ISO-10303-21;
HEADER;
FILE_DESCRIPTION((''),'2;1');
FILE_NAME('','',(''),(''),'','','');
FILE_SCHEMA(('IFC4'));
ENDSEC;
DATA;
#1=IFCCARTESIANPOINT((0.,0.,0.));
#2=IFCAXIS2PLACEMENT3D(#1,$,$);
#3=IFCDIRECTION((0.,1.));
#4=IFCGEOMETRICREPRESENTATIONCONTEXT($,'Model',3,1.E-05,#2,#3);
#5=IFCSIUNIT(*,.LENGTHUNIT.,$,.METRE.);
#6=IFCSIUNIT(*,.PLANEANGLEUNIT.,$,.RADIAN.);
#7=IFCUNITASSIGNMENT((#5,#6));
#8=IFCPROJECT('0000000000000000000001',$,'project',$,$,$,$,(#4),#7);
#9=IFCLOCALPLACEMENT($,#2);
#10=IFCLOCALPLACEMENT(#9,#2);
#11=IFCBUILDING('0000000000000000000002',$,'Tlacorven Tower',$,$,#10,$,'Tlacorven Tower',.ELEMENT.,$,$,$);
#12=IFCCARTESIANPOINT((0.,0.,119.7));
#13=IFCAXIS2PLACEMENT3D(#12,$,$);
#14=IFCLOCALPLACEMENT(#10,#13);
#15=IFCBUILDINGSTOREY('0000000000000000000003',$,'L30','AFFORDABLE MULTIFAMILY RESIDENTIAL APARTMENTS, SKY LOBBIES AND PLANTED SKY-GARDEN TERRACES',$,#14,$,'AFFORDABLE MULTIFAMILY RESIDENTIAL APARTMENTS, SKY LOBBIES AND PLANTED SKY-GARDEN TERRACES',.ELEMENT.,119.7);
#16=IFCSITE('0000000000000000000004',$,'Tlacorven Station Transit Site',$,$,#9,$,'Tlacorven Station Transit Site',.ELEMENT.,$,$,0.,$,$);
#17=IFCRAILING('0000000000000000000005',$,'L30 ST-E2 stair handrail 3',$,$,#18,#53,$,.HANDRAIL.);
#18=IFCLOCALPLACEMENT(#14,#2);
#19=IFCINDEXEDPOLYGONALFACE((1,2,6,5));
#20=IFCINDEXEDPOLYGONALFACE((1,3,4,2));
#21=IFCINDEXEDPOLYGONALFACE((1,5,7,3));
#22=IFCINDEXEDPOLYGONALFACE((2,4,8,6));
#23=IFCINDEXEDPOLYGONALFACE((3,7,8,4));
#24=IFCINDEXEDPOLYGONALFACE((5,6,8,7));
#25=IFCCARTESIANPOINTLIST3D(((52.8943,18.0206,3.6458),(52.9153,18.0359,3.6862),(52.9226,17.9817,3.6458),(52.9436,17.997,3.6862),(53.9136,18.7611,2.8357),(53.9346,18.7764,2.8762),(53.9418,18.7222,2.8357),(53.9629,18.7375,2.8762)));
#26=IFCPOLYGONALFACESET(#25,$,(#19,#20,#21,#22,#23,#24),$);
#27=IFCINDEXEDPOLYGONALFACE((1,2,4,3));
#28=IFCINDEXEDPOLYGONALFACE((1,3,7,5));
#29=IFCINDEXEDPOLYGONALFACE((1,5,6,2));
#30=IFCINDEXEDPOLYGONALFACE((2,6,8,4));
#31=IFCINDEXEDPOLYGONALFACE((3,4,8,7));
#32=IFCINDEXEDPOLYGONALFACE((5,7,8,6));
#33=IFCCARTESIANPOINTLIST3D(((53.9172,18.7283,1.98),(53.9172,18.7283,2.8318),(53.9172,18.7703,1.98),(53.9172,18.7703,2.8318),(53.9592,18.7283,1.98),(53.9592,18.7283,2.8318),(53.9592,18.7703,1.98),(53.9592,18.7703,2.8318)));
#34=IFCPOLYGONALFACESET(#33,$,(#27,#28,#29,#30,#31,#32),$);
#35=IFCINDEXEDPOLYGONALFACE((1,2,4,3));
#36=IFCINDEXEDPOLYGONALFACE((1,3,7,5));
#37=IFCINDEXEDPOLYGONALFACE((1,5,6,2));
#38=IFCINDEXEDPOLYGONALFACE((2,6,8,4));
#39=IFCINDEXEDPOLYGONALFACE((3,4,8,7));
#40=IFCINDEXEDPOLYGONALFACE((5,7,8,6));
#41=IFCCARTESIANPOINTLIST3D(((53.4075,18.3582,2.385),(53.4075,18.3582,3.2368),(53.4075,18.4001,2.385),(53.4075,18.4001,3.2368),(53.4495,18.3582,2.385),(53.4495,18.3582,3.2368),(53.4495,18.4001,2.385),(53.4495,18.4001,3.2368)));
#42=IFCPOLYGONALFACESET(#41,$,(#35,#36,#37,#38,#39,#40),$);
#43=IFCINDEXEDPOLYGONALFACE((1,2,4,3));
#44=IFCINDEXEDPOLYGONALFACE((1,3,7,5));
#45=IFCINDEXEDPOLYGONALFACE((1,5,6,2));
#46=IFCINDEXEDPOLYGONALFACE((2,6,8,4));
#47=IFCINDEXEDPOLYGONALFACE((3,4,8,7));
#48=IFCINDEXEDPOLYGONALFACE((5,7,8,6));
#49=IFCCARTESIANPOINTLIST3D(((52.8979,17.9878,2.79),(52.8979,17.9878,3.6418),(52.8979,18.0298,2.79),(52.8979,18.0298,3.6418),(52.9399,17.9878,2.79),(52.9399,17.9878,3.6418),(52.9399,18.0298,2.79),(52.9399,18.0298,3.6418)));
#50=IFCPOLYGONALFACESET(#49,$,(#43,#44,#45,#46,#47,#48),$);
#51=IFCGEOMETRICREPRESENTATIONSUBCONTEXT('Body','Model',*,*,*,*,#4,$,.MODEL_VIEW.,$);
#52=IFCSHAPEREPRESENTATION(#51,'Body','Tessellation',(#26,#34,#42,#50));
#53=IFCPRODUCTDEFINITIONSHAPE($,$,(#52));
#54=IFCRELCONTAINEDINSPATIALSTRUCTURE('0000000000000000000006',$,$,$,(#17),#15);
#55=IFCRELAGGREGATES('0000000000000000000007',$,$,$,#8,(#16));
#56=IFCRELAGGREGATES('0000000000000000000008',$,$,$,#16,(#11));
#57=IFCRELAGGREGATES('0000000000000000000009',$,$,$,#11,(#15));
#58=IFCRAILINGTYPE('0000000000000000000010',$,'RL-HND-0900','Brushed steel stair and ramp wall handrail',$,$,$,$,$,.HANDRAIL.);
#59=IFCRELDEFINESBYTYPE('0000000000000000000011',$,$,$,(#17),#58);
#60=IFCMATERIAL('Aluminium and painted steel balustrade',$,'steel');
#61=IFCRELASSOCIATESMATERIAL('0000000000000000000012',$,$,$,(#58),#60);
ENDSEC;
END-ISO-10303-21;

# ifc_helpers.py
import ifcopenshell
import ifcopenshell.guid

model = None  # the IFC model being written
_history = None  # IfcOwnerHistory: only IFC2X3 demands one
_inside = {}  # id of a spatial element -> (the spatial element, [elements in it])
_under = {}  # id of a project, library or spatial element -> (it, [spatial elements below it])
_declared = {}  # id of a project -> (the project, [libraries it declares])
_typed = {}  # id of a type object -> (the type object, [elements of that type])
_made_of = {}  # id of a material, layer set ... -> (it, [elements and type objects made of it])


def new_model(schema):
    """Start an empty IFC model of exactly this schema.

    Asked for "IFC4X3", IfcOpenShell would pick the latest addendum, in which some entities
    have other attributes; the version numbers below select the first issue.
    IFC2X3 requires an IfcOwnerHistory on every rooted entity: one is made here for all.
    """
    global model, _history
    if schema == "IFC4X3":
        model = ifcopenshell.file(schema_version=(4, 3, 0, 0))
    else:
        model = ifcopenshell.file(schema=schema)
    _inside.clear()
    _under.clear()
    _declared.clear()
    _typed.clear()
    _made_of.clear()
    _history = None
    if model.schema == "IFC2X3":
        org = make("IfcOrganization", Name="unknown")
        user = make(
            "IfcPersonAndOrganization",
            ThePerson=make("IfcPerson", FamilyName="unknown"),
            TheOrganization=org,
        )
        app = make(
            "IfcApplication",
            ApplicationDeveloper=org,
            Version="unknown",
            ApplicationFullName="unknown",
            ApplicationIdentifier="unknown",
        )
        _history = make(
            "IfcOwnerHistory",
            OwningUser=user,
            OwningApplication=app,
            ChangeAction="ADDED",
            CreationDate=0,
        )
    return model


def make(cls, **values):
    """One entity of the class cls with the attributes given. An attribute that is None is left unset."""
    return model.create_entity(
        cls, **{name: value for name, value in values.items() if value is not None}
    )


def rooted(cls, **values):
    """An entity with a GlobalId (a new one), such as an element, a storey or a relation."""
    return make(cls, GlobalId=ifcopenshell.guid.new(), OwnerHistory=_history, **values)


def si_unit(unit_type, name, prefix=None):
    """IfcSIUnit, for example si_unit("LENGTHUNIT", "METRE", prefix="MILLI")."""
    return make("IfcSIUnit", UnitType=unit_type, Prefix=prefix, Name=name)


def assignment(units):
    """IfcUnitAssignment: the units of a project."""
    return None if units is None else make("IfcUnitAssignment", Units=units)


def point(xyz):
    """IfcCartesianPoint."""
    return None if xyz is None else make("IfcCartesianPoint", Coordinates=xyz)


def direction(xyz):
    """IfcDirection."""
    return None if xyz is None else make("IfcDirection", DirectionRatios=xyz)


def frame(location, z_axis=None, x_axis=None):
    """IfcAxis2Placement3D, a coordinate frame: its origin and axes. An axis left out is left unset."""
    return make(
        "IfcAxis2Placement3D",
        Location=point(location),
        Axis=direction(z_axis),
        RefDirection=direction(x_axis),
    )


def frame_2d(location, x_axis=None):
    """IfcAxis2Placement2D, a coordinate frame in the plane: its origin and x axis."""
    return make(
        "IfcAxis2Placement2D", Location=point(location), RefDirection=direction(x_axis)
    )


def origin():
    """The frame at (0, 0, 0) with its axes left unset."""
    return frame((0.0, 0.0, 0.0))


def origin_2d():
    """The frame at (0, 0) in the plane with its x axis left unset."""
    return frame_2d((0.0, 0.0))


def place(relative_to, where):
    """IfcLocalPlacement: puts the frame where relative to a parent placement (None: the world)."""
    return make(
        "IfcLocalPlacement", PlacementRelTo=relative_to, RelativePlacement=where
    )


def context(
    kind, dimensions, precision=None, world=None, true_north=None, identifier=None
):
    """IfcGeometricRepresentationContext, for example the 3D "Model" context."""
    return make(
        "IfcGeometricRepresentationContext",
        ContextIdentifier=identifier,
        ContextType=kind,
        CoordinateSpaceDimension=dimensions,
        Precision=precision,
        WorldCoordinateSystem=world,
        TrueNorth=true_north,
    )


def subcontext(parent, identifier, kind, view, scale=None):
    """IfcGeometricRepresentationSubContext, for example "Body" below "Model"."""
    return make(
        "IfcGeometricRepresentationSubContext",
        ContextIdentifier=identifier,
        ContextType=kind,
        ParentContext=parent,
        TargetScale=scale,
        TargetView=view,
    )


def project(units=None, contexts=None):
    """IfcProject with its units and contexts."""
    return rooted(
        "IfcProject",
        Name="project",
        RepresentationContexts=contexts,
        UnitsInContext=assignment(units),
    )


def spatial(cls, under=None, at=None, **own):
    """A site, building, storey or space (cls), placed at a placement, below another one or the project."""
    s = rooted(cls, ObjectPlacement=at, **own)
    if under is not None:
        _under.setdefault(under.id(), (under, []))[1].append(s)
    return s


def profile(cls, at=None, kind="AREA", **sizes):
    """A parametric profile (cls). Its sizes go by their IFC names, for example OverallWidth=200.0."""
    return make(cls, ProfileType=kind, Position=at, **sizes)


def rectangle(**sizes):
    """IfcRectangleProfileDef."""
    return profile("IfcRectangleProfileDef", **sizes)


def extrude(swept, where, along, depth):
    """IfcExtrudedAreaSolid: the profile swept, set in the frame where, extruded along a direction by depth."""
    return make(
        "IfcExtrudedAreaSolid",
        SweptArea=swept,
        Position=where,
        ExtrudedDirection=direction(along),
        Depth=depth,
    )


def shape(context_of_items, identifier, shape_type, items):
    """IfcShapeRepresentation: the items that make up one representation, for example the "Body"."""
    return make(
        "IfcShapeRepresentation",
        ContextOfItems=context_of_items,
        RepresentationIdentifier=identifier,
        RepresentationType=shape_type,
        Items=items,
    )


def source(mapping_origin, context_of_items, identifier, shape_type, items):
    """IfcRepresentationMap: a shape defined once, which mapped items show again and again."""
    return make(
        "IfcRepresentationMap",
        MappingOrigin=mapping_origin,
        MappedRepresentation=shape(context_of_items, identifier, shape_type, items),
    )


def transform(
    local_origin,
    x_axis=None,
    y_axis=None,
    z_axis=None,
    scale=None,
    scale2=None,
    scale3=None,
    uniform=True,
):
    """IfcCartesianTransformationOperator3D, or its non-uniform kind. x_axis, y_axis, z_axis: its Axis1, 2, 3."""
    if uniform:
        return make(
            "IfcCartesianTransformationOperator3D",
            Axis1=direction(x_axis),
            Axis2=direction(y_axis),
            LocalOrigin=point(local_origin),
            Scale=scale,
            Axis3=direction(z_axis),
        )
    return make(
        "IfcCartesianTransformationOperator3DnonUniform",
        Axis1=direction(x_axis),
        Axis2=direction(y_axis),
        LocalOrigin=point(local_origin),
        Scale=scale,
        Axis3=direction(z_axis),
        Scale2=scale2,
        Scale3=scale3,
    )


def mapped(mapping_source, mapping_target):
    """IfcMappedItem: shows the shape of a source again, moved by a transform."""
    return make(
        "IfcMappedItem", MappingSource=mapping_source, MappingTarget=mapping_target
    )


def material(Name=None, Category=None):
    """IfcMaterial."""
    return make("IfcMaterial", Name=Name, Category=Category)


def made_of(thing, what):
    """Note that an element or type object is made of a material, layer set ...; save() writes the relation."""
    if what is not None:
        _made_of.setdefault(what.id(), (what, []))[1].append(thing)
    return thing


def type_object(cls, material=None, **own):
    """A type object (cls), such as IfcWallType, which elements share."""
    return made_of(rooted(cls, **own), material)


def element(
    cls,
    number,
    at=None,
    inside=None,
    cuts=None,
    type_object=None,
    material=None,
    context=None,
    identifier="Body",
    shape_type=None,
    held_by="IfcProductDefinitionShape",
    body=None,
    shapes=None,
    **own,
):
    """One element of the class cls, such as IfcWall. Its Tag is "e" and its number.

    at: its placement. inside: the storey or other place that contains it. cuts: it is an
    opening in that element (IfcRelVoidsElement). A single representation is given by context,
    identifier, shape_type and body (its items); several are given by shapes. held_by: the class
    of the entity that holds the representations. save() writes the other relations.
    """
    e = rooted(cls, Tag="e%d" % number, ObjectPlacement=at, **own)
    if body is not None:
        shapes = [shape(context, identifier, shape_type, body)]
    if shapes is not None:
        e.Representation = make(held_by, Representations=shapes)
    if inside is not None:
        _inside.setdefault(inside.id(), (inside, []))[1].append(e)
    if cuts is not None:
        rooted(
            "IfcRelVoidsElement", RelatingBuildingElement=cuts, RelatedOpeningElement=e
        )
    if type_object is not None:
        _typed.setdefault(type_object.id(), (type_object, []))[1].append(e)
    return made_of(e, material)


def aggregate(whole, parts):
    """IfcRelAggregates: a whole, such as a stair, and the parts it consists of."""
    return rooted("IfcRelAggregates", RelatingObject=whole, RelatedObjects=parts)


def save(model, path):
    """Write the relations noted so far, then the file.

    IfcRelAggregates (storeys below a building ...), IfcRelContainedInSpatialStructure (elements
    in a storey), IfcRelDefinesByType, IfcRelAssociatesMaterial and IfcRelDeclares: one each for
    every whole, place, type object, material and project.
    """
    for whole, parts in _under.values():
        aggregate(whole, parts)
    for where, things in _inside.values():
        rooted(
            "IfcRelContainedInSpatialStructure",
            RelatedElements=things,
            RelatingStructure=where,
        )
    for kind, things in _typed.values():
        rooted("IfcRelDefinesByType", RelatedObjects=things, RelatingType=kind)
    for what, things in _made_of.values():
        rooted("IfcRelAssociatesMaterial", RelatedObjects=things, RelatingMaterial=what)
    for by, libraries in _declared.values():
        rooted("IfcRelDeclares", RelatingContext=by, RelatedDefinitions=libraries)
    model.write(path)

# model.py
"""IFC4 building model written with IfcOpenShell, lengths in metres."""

from ifc_helpers import new_model, si_unit, direction, frame, origin, origin_2d, place, context, subcontext, project, spatial, rectangle, extrude, source, transform, mapped, material, type_object, element, save


model = new_model("IFC4")

# Units and contexts
model_context = context("Model", 3, precision=1e-05, world=origin(), true_north=direction((0.0, 1.0)))
body_context = subcontext(model_context, "Body", "Model", "MODEL_VIEW")
ifc_project = project(units=[si_unit("LENGTHUNIT", "METRE"), si_unit("PLANEANGLEUNIT", "RADIAN")], contexts=[model_context])

# Site, building, storey
site_placement = place(None, origin())
site = spatial("IfcSite", under=ifc_project, at=site_placement, Name="Tlacorven Station Transit Site", LongName="Tlacorven Station Transit Site", CompositionType="ELEMENT", RefElevation=0.0)
building_placement = place(site_placement, origin())
building = spatial("IfcBuilding", under=site, at=building_placement, Name="Tlacorven Tower", LongName="Tlacorven Tower", CompositionType="ELEMENT")
storey_placement = place(building_placement, frame((0.0, 0.0, 119.7)))
storey = spatial("IfcBuildingStorey", under=building, at=storey_placement, Name="L30", Description="AFFORDABLE MULTIFAMILY RESIDENTIAL APARTMENTS, SKY LOBBIES AND PLANTED SKY-GARDEN TERRACES", LongName="AFFORDABLE MULTIFAMILY RESIDENTIAL APARTMENTS, SKY LOBBIES AND PLANTED SKY-GARDEN TERRACES", CompositionType="ELEMENT", Elevation=119.7)

# Shared definitions
ifc_material_1 = material(Name="Aluminium and painted steel balustrade", Category="steel")

# Railing
railing_type_1 = type_object("IfcRailingType", Name="RL-HND-0900", Description="Brushed steel stair and ramp wall handrail", PredefinedType="HANDRAIL", material=ifc_material_1)
shared_shape_1 = source(origin(), body_context, "Body", "SweptSolid", [
    extrude(rectangle(XDim=0.0481, YDim=0.0481, at=origin_2d()), frame((0.0, 0.0, 0.876), z_axis=(-0.680516, -0.494373, 0.540827), x_axis=(0.587745, -0.809046, 0.0)), (0.0, 0.0, 1.0), 1.4978),
    extrude(rectangle(XDim=0.042, YDim=0.042, at=origin_2d()), origin(), (0.0, 0.0, 1.0), 0.8518),
    extrude(rectangle(XDim=0.042, YDim=0.042, at=origin_2d()), frame((-0.5098, -0.3701, 0.405)), (0.0, 0.0, 1.0), 0.8518),
    extrude(rectangle(XDim=0.042, YDim=0.042, at=origin_2d()), frame((-1.0193, -0.7405, 0.8101)), (0.0, 0.0, 1.0), 0.8518),
])
railing_1_placement = place(storey_placement, frame((53.9382, 18.7493, 1.98)))
element("IfcRailing", 1, at=railing_1_placement, inside=storey, type_object=railing_type_1, Name="L30 ST-E2 stair handrail 3", PredefinedType="HANDRAIL", context=body_context, shape_type="MappedRepresentation", body=[
    mapped(shared_shape_1, transform((0.0, 0.0, 0.0), scale=1.0)),
])

save(model, "model.ifc")
